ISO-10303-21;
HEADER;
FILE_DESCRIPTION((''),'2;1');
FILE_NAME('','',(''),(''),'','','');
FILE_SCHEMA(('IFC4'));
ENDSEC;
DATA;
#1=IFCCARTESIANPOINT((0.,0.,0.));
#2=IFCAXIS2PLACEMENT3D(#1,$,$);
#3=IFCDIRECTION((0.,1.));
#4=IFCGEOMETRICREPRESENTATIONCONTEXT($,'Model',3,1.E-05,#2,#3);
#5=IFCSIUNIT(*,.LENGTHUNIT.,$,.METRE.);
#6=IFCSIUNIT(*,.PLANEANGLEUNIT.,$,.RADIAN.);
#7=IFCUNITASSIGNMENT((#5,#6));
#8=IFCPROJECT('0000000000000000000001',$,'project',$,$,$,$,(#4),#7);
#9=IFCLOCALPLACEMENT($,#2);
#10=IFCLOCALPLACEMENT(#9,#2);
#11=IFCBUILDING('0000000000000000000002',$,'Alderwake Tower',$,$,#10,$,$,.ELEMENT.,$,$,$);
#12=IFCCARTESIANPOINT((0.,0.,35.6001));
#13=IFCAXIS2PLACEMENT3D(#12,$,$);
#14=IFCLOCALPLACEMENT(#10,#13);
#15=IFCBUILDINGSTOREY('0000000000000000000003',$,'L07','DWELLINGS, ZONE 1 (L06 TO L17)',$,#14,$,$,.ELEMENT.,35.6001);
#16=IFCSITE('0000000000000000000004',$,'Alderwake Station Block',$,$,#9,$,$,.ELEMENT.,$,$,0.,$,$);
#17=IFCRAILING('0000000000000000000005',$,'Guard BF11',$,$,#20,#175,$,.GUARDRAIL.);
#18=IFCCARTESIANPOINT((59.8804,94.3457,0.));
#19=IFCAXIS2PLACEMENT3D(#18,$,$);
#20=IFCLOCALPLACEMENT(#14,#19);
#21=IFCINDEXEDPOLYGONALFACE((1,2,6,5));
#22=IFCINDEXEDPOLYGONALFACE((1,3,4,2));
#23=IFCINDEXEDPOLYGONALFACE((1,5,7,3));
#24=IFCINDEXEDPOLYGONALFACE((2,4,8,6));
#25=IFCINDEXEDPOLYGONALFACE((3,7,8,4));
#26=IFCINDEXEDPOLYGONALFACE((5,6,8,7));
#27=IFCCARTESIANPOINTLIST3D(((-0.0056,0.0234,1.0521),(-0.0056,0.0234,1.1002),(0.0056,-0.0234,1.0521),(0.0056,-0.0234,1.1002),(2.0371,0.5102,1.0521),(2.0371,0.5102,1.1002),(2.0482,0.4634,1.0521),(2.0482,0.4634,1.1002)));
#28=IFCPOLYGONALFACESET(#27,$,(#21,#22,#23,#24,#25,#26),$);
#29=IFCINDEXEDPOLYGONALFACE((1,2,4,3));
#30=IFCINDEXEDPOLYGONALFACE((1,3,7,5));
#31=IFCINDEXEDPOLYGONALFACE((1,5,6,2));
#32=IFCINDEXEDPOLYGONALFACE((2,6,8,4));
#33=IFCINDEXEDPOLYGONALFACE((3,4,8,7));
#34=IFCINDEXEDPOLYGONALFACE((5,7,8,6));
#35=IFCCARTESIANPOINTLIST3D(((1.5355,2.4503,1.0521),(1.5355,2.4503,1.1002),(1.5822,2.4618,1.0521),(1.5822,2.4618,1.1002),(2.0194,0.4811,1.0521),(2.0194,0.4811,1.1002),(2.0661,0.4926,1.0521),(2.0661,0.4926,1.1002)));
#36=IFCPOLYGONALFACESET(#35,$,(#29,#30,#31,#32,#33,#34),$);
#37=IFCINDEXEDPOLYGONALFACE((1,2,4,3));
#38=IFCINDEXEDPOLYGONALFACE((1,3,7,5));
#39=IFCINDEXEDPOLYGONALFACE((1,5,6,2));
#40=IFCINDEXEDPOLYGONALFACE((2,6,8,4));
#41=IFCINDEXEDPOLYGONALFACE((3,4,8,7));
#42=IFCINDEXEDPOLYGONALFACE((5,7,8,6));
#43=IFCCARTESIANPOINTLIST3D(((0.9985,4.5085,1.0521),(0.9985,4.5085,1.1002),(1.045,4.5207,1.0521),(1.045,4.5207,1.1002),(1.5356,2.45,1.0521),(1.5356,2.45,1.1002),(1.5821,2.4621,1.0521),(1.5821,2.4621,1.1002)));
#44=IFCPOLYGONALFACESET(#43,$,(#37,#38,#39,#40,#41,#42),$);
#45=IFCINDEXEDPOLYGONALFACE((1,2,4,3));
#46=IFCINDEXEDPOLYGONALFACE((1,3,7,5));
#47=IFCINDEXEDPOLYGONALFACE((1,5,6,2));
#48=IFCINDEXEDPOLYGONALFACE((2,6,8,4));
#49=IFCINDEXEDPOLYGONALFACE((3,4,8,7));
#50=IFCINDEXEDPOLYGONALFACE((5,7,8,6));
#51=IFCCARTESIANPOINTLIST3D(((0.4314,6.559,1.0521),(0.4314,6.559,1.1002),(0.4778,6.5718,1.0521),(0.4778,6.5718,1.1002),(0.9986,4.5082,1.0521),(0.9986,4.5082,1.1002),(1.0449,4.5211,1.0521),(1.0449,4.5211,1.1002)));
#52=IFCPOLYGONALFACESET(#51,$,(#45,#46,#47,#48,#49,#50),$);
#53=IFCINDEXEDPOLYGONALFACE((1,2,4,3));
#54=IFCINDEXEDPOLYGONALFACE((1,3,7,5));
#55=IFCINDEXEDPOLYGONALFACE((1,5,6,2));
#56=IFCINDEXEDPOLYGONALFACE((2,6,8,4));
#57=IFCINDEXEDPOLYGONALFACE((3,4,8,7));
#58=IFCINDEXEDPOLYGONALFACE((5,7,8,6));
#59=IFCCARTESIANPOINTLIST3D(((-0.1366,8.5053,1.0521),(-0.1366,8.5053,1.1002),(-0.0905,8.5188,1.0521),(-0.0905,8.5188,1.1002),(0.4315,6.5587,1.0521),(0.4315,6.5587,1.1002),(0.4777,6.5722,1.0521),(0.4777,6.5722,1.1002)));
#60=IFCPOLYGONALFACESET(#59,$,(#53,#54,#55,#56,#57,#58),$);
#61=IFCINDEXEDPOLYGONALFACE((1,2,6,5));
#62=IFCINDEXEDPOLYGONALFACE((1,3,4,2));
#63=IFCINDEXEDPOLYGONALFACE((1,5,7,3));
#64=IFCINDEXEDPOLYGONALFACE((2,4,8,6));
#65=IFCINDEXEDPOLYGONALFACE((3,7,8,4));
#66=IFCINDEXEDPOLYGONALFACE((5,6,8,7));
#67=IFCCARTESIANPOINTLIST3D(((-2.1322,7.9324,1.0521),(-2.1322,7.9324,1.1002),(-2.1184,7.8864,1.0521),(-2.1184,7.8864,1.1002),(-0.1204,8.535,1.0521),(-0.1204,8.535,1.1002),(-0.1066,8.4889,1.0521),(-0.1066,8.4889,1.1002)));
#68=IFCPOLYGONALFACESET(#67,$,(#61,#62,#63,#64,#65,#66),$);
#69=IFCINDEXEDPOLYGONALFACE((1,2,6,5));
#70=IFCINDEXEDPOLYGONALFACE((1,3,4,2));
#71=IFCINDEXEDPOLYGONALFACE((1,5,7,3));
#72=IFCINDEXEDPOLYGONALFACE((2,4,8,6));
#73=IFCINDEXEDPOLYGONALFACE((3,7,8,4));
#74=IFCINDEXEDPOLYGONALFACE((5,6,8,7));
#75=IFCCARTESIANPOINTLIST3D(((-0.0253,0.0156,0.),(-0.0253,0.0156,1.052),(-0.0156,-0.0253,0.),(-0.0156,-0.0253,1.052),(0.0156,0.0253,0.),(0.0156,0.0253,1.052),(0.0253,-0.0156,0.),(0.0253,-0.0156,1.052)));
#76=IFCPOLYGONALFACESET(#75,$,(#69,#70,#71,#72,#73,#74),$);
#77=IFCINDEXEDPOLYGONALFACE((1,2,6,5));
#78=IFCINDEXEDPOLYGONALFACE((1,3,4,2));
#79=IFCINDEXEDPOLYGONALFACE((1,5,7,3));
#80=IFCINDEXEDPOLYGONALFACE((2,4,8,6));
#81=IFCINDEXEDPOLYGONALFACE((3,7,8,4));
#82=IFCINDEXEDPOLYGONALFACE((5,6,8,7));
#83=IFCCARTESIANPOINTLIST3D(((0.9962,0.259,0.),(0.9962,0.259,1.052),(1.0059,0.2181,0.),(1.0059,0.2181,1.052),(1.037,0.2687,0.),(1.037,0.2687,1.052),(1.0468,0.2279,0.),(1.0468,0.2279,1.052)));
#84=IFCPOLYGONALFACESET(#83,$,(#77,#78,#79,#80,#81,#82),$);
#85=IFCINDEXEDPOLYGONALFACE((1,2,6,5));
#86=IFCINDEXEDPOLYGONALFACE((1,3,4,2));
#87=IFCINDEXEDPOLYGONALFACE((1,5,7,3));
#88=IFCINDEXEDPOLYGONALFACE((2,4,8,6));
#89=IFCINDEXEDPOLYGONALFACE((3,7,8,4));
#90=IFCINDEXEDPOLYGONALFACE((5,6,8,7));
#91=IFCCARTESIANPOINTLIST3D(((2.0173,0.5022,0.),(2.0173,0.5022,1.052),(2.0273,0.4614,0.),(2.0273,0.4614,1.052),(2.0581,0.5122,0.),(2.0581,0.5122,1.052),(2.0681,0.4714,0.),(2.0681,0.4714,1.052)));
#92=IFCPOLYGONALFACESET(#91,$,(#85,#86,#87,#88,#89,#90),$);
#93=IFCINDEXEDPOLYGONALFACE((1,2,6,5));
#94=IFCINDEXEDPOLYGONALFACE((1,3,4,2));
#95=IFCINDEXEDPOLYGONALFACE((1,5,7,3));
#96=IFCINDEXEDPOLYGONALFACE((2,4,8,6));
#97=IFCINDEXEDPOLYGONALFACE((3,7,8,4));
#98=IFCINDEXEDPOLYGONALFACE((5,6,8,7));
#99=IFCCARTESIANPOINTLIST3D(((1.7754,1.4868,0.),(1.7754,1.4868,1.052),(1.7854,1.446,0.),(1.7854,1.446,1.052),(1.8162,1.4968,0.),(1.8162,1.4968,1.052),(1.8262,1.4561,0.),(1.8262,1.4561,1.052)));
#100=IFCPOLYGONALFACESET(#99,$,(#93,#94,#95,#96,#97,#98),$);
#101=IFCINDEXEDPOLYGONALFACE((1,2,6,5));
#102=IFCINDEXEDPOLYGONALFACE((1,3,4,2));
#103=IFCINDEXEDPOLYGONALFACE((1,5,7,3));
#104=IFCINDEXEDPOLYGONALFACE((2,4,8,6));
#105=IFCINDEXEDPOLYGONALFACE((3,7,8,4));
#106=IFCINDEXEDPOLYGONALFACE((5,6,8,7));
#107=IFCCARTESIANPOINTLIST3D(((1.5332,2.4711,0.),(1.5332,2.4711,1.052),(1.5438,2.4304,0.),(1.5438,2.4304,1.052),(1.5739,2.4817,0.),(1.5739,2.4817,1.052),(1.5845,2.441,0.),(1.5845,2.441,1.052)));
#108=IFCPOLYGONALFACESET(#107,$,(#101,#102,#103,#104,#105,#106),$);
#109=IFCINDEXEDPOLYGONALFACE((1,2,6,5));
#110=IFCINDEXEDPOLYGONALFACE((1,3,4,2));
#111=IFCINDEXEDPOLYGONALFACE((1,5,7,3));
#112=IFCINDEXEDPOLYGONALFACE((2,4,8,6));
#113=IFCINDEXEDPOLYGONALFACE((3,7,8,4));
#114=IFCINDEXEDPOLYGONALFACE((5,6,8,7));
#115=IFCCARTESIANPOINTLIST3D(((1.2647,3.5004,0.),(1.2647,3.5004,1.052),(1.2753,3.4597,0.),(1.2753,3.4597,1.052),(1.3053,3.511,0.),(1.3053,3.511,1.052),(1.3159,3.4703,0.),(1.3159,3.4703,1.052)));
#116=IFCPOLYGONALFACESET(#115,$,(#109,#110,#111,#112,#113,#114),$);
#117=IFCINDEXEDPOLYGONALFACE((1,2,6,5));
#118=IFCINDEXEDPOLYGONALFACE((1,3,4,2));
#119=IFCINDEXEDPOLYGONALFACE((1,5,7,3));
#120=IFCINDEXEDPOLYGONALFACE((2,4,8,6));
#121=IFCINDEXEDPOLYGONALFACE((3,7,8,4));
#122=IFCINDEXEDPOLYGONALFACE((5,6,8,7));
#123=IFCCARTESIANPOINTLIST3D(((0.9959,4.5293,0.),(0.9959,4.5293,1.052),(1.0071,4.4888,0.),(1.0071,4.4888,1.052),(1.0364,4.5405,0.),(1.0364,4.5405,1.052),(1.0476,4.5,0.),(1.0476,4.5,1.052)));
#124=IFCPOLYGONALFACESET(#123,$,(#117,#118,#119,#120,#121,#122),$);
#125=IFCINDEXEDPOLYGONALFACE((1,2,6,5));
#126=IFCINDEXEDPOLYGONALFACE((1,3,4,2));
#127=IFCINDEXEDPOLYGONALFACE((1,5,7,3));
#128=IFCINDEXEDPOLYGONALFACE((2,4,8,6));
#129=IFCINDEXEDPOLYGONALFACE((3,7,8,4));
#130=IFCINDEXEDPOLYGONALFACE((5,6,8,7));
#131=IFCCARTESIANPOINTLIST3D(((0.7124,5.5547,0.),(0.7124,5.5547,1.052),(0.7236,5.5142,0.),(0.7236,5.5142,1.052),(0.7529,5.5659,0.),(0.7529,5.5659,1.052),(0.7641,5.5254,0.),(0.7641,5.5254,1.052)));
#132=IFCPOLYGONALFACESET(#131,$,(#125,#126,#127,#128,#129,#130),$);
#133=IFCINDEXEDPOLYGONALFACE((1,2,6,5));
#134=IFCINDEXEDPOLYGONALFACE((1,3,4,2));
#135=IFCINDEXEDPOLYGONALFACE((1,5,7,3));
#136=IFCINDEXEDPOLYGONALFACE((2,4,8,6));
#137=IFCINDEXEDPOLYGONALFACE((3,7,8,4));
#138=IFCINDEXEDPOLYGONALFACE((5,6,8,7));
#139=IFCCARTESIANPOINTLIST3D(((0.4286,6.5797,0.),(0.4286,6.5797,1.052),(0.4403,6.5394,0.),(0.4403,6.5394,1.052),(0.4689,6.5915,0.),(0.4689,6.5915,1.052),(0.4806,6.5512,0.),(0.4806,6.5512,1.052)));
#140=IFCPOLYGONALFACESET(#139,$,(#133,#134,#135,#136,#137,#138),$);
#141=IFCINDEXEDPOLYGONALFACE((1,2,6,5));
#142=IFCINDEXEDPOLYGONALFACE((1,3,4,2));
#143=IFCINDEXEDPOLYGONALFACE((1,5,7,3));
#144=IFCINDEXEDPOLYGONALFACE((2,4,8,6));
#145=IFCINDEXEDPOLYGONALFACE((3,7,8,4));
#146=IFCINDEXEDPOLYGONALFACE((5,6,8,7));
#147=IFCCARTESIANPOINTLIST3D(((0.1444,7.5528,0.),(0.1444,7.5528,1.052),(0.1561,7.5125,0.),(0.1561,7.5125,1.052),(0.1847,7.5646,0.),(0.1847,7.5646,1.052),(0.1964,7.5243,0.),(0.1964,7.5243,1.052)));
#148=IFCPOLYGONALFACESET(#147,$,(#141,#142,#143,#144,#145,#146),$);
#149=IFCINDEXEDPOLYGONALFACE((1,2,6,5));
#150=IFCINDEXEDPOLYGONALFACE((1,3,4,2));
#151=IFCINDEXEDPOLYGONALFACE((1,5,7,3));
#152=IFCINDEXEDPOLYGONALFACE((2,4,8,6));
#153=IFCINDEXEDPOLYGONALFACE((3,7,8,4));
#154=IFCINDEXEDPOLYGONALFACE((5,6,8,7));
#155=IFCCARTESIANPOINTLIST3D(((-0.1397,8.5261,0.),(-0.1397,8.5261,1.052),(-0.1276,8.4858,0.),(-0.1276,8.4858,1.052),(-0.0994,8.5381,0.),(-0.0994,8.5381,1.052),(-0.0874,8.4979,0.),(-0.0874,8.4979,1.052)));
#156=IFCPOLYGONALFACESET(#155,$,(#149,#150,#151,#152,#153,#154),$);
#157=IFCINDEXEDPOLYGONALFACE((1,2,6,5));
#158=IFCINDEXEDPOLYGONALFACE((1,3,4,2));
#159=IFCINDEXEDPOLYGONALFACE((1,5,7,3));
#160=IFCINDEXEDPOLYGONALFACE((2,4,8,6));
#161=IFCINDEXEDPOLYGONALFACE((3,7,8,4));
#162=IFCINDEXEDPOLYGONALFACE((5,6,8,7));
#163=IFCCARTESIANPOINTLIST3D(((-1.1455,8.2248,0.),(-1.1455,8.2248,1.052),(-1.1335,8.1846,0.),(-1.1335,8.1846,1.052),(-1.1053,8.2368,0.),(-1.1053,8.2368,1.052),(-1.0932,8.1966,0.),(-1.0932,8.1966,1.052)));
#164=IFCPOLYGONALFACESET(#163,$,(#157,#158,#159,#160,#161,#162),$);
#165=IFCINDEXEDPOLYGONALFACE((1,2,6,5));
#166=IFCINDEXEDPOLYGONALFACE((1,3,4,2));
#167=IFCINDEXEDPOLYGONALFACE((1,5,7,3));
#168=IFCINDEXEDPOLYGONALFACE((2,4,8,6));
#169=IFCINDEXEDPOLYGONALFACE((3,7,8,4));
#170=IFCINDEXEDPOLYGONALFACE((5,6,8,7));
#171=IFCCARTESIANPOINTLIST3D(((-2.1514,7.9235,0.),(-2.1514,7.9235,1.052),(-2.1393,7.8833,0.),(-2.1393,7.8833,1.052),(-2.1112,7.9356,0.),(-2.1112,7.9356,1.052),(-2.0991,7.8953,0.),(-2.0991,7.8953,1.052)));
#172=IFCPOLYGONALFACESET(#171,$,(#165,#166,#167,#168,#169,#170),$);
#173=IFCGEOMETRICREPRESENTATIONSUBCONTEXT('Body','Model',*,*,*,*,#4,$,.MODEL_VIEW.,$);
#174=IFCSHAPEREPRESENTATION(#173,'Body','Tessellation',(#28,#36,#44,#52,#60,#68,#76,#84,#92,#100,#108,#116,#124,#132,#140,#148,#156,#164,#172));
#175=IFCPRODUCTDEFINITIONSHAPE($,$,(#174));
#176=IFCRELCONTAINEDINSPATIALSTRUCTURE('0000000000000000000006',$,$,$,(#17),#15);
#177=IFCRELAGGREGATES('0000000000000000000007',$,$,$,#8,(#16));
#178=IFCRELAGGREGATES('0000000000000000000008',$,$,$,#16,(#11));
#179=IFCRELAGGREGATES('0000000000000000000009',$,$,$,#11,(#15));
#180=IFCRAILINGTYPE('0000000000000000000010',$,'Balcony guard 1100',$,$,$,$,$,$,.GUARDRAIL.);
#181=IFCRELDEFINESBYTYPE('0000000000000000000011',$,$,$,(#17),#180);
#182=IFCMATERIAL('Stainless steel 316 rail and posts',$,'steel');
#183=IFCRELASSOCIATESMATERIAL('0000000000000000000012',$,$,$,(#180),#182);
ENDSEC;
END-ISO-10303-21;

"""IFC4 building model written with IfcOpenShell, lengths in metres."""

from ifc_helpers import new_model, si_unit, direction, frame, origin, origin_2d, place, context, subcontext, project, spatial, rectangle, extrude, material, type_object, element, save


model = new_model("IFC4")

# Units and contexts
model_context = context("Model", 3, precision=1e-05, world=origin(), true_north=direction((0.0, 1.0)))
body_context = subcontext(model_context, "Body", "Model", "MODEL_VIEW")
ifc_project = project(units=[si_unit("LENGTHUNIT", "METRE"), si_unit("PLANEANGLEUNIT", "RADIAN")], contexts=[model_context])

# Site, building, storey
site_placement = place(None, origin())
site = spatial("IfcSite", under=ifc_project, at=site_placement, Name="Alderwake Station Block", CompositionType="ELEMENT", RefElevation=0.0)
building_placement = place(site_placement, origin())
building = spatial("IfcBuilding", under=site, at=building_placement, Name="Alderwake Tower", CompositionType="ELEMENT")
storey_placement = place(building_placement, frame((0.0, 0.0, 35.6001)))
storey = spatial("IfcBuildingStorey", under=building, at=storey_placement, Name="L07", Description="DWELLINGS, ZONE 1 (L06 TO L17)", CompositionType="ELEMENT", Elevation=35.6001)

# Railing
ifc_material_1 = material(Name="Stainless steel 316 rail and posts", Category="steel")
railing_type_1 = type_object("IfcRailingType", Name="Balcony guard 1100", PredefinedType="GUARDRAIL", material=ifc_material_1)
railing_1_placement = place(storey_placement, frame((59.8804, 94.3457, 0.0)))
element("IfcRailing", 1, at=railing_1_placement, inside=storey, type_object=railing_type_1, Name="Guard BF11", PredefinedType="GUARDRAIL", context=body_context, shape_type="SweptSolid", body=[
    extrude(rectangle(XDim=0.0481, YDim=0.0481, at=origin_2d()), frame((0.0, 0.0, 1.0762), z_axis=(0.972758, 0.231825, 0.0), x_axis=(-0.231825, 0.972758, 0.0)), (0.0, 0.0, 1.0), 2.0999),
    extrude(rectangle(XDim=0.0481, YDim=0.0481, at=origin_2d()), frame((2.0427, 0.4868, 1.0762), z_axis=(-0.238624, 0.971112, 0.0), x_axis=(-0.971112, -0.238624, 0.0)), (0.0, 0.0, 1.0), 2.0278),
    extrude(rectangle(XDim=0.0481, YDim=0.0481, at=origin_2d()), frame((1.5588, 2.4561, 1.0762), z_axis=(-0.252459, 0.967608, 0.0), x_axis=(-0.967608, -0.252459, 0.0)), (0.0, 0.0, 1.0), 2.1274),
    extrude(rectangle(XDim=0.0481, YDim=0.0481, at=origin_2d()), frame((1.0217, 4.5146, 1.0762), z_axis=(-0.266543, 0.963823, 0.0), x_axis=(-0.963823, -0.266543, 0.0)), (0.0, 0.0, 1.0), 2.1277),
    extrude(rectangle(XDim=0.0481, YDim=0.0481, at=origin_2d()), frame((0.4546, 6.5654, 1.0762), z_axis=(-0.280171, 0.95995, 0.0), x_axis=(-0.95995, -0.280171, 0.0)), (0.0, 0.0, 1.0), 2.0278),
    extrude(rectangle(XDim=0.0481, YDim=0.0481, at=origin_2d()), frame((-0.1135, 8.512, 1.0762), z_axis=(-0.957954, -0.286921, 0.0), x_axis=(0.286921, -0.957954, 0.0)), (0.0, 0.0, 1.0), 2.1001),
    extrude(rectangle(XDim=0.042, YDim=0.042, at=origin_2d()), frame((0.0, 0.0, 0.0), z_axis=(0.0, 0.0, 1.0), x_axis=(0.972758, 0.231825, 0.0)), (0.0, 0.0, 1.0), 1.052),
    extrude(rectangle(XDim=0.042, YDim=0.042, at=origin_2d()), frame((1.0215, 0.2434, 0.0), z_axis=(0.0, 0.0, 1.0), x_axis=(0.972758, 0.231825, 0.0)), (0.0, 0.0, 1.0), 1.052),
    extrude(rectangle(XDim=0.042, YDim=0.042, at=origin_2d()), frame((2.0427, 0.4868, 0.0), z_axis=(0.0, 0.0, 1.0), x_axis=(-0.238624, 0.971112, 0.0)), (0.0, 0.0, 1.0), 1.052),
    extrude(rectangle(XDim=0.042, YDim=0.042, at=origin_2d()), frame((1.8008, 1.4714, 0.0), z_axis=(0.0, 0.0, 1.0), x_axis=(-0.238624, 0.971112, 0.0)), (0.0, 0.0, 1.0), 1.052),
    extrude(rectangle(XDim=0.042, YDim=0.042, at=origin_2d()), frame((1.5588, 2.4561, 0.0), z_axis=(0.0, 0.0, 1.0), x_axis=(-0.252459, 0.967608, 0.0)), (0.0, 0.0, 1.0), 1.052),
    extrude(rectangle(XDim=0.042, YDim=0.042, at=origin_2d()), frame((1.2903, 3.4854, 0.0), z_axis=(0.0, 0.0, 1.0), x_axis=(-0.252459, 0.967608, 0.0)), (0.0, 0.0, 1.0), 1.052),
    extrude(rectangle(XDim=0.042, YDim=0.042, at=origin_2d()), frame((1.0217, 4.5146, 0.0), z_axis=(0.0, 0.0, 1.0), x_axis=(-0.266543, 0.963823, 0.0)), (0.0, 0.0, 1.0), 1.052),
    extrude(rectangle(XDim=0.042, YDim=0.042, at=origin_2d()), frame((0.7383, 5.54, 0.0), z_axis=(0.0, 0.0, 1.0), x_axis=(-0.266543, 0.963823, 0.0)), (0.0, 0.0, 1.0), 1.052),
    extrude(rectangle(XDim=0.042, YDim=0.042, at=origin_2d()), frame((0.4546, 6.5654, 0.0), z_axis=(0.0, 0.0, 1.0), x_axis=(-0.280171, 0.95995, 0.0)), (0.0, 0.0, 1.0), 1.052),
    extrude(rectangle(XDim=0.042, YDim=0.042, at=origin_2d()), frame((0.1704, 7.5386, 0.0), z_axis=(0.0, 0.0, 1.0), x_axis=(-0.280171, 0.95995, 0.0)), (0.0, 0.0, 1.0), 1.052),
    extrude(rectangle(XDim=0.042, YDim=0.042, at=origin_2d()), frame((-0.1135, 8.512, 0.0), z_axis=(0.0, 0.0, 1.0), x_axis=(-0.957954, -0.286921, 0.0)), (0.0, 0.0, 1.0), 1.052),
    extrude(rectangle(XDim=0.042, YDim=0.042, at=origin_2d()), frame((-1.1194, 8.2107, 0.0), z_axis=(0.0, 0.0, 1.0), x_axis=(-0.957954, -0.286921, 0.0)), (0.0, 0.0, 1.0), 1.052),
    extrude(rectangle(XDim=0.042, YDim=0.042, at=origin_2d()), frame((-2.1252, 7.9094, 0.0), z_axis=(0.0, 0.0, 1.0), x_axis=(-0.957954, -0.286921, 0.0)), (0.0, 0.0, 1.0), 1.052),
])

save(model, "model.ifc")
